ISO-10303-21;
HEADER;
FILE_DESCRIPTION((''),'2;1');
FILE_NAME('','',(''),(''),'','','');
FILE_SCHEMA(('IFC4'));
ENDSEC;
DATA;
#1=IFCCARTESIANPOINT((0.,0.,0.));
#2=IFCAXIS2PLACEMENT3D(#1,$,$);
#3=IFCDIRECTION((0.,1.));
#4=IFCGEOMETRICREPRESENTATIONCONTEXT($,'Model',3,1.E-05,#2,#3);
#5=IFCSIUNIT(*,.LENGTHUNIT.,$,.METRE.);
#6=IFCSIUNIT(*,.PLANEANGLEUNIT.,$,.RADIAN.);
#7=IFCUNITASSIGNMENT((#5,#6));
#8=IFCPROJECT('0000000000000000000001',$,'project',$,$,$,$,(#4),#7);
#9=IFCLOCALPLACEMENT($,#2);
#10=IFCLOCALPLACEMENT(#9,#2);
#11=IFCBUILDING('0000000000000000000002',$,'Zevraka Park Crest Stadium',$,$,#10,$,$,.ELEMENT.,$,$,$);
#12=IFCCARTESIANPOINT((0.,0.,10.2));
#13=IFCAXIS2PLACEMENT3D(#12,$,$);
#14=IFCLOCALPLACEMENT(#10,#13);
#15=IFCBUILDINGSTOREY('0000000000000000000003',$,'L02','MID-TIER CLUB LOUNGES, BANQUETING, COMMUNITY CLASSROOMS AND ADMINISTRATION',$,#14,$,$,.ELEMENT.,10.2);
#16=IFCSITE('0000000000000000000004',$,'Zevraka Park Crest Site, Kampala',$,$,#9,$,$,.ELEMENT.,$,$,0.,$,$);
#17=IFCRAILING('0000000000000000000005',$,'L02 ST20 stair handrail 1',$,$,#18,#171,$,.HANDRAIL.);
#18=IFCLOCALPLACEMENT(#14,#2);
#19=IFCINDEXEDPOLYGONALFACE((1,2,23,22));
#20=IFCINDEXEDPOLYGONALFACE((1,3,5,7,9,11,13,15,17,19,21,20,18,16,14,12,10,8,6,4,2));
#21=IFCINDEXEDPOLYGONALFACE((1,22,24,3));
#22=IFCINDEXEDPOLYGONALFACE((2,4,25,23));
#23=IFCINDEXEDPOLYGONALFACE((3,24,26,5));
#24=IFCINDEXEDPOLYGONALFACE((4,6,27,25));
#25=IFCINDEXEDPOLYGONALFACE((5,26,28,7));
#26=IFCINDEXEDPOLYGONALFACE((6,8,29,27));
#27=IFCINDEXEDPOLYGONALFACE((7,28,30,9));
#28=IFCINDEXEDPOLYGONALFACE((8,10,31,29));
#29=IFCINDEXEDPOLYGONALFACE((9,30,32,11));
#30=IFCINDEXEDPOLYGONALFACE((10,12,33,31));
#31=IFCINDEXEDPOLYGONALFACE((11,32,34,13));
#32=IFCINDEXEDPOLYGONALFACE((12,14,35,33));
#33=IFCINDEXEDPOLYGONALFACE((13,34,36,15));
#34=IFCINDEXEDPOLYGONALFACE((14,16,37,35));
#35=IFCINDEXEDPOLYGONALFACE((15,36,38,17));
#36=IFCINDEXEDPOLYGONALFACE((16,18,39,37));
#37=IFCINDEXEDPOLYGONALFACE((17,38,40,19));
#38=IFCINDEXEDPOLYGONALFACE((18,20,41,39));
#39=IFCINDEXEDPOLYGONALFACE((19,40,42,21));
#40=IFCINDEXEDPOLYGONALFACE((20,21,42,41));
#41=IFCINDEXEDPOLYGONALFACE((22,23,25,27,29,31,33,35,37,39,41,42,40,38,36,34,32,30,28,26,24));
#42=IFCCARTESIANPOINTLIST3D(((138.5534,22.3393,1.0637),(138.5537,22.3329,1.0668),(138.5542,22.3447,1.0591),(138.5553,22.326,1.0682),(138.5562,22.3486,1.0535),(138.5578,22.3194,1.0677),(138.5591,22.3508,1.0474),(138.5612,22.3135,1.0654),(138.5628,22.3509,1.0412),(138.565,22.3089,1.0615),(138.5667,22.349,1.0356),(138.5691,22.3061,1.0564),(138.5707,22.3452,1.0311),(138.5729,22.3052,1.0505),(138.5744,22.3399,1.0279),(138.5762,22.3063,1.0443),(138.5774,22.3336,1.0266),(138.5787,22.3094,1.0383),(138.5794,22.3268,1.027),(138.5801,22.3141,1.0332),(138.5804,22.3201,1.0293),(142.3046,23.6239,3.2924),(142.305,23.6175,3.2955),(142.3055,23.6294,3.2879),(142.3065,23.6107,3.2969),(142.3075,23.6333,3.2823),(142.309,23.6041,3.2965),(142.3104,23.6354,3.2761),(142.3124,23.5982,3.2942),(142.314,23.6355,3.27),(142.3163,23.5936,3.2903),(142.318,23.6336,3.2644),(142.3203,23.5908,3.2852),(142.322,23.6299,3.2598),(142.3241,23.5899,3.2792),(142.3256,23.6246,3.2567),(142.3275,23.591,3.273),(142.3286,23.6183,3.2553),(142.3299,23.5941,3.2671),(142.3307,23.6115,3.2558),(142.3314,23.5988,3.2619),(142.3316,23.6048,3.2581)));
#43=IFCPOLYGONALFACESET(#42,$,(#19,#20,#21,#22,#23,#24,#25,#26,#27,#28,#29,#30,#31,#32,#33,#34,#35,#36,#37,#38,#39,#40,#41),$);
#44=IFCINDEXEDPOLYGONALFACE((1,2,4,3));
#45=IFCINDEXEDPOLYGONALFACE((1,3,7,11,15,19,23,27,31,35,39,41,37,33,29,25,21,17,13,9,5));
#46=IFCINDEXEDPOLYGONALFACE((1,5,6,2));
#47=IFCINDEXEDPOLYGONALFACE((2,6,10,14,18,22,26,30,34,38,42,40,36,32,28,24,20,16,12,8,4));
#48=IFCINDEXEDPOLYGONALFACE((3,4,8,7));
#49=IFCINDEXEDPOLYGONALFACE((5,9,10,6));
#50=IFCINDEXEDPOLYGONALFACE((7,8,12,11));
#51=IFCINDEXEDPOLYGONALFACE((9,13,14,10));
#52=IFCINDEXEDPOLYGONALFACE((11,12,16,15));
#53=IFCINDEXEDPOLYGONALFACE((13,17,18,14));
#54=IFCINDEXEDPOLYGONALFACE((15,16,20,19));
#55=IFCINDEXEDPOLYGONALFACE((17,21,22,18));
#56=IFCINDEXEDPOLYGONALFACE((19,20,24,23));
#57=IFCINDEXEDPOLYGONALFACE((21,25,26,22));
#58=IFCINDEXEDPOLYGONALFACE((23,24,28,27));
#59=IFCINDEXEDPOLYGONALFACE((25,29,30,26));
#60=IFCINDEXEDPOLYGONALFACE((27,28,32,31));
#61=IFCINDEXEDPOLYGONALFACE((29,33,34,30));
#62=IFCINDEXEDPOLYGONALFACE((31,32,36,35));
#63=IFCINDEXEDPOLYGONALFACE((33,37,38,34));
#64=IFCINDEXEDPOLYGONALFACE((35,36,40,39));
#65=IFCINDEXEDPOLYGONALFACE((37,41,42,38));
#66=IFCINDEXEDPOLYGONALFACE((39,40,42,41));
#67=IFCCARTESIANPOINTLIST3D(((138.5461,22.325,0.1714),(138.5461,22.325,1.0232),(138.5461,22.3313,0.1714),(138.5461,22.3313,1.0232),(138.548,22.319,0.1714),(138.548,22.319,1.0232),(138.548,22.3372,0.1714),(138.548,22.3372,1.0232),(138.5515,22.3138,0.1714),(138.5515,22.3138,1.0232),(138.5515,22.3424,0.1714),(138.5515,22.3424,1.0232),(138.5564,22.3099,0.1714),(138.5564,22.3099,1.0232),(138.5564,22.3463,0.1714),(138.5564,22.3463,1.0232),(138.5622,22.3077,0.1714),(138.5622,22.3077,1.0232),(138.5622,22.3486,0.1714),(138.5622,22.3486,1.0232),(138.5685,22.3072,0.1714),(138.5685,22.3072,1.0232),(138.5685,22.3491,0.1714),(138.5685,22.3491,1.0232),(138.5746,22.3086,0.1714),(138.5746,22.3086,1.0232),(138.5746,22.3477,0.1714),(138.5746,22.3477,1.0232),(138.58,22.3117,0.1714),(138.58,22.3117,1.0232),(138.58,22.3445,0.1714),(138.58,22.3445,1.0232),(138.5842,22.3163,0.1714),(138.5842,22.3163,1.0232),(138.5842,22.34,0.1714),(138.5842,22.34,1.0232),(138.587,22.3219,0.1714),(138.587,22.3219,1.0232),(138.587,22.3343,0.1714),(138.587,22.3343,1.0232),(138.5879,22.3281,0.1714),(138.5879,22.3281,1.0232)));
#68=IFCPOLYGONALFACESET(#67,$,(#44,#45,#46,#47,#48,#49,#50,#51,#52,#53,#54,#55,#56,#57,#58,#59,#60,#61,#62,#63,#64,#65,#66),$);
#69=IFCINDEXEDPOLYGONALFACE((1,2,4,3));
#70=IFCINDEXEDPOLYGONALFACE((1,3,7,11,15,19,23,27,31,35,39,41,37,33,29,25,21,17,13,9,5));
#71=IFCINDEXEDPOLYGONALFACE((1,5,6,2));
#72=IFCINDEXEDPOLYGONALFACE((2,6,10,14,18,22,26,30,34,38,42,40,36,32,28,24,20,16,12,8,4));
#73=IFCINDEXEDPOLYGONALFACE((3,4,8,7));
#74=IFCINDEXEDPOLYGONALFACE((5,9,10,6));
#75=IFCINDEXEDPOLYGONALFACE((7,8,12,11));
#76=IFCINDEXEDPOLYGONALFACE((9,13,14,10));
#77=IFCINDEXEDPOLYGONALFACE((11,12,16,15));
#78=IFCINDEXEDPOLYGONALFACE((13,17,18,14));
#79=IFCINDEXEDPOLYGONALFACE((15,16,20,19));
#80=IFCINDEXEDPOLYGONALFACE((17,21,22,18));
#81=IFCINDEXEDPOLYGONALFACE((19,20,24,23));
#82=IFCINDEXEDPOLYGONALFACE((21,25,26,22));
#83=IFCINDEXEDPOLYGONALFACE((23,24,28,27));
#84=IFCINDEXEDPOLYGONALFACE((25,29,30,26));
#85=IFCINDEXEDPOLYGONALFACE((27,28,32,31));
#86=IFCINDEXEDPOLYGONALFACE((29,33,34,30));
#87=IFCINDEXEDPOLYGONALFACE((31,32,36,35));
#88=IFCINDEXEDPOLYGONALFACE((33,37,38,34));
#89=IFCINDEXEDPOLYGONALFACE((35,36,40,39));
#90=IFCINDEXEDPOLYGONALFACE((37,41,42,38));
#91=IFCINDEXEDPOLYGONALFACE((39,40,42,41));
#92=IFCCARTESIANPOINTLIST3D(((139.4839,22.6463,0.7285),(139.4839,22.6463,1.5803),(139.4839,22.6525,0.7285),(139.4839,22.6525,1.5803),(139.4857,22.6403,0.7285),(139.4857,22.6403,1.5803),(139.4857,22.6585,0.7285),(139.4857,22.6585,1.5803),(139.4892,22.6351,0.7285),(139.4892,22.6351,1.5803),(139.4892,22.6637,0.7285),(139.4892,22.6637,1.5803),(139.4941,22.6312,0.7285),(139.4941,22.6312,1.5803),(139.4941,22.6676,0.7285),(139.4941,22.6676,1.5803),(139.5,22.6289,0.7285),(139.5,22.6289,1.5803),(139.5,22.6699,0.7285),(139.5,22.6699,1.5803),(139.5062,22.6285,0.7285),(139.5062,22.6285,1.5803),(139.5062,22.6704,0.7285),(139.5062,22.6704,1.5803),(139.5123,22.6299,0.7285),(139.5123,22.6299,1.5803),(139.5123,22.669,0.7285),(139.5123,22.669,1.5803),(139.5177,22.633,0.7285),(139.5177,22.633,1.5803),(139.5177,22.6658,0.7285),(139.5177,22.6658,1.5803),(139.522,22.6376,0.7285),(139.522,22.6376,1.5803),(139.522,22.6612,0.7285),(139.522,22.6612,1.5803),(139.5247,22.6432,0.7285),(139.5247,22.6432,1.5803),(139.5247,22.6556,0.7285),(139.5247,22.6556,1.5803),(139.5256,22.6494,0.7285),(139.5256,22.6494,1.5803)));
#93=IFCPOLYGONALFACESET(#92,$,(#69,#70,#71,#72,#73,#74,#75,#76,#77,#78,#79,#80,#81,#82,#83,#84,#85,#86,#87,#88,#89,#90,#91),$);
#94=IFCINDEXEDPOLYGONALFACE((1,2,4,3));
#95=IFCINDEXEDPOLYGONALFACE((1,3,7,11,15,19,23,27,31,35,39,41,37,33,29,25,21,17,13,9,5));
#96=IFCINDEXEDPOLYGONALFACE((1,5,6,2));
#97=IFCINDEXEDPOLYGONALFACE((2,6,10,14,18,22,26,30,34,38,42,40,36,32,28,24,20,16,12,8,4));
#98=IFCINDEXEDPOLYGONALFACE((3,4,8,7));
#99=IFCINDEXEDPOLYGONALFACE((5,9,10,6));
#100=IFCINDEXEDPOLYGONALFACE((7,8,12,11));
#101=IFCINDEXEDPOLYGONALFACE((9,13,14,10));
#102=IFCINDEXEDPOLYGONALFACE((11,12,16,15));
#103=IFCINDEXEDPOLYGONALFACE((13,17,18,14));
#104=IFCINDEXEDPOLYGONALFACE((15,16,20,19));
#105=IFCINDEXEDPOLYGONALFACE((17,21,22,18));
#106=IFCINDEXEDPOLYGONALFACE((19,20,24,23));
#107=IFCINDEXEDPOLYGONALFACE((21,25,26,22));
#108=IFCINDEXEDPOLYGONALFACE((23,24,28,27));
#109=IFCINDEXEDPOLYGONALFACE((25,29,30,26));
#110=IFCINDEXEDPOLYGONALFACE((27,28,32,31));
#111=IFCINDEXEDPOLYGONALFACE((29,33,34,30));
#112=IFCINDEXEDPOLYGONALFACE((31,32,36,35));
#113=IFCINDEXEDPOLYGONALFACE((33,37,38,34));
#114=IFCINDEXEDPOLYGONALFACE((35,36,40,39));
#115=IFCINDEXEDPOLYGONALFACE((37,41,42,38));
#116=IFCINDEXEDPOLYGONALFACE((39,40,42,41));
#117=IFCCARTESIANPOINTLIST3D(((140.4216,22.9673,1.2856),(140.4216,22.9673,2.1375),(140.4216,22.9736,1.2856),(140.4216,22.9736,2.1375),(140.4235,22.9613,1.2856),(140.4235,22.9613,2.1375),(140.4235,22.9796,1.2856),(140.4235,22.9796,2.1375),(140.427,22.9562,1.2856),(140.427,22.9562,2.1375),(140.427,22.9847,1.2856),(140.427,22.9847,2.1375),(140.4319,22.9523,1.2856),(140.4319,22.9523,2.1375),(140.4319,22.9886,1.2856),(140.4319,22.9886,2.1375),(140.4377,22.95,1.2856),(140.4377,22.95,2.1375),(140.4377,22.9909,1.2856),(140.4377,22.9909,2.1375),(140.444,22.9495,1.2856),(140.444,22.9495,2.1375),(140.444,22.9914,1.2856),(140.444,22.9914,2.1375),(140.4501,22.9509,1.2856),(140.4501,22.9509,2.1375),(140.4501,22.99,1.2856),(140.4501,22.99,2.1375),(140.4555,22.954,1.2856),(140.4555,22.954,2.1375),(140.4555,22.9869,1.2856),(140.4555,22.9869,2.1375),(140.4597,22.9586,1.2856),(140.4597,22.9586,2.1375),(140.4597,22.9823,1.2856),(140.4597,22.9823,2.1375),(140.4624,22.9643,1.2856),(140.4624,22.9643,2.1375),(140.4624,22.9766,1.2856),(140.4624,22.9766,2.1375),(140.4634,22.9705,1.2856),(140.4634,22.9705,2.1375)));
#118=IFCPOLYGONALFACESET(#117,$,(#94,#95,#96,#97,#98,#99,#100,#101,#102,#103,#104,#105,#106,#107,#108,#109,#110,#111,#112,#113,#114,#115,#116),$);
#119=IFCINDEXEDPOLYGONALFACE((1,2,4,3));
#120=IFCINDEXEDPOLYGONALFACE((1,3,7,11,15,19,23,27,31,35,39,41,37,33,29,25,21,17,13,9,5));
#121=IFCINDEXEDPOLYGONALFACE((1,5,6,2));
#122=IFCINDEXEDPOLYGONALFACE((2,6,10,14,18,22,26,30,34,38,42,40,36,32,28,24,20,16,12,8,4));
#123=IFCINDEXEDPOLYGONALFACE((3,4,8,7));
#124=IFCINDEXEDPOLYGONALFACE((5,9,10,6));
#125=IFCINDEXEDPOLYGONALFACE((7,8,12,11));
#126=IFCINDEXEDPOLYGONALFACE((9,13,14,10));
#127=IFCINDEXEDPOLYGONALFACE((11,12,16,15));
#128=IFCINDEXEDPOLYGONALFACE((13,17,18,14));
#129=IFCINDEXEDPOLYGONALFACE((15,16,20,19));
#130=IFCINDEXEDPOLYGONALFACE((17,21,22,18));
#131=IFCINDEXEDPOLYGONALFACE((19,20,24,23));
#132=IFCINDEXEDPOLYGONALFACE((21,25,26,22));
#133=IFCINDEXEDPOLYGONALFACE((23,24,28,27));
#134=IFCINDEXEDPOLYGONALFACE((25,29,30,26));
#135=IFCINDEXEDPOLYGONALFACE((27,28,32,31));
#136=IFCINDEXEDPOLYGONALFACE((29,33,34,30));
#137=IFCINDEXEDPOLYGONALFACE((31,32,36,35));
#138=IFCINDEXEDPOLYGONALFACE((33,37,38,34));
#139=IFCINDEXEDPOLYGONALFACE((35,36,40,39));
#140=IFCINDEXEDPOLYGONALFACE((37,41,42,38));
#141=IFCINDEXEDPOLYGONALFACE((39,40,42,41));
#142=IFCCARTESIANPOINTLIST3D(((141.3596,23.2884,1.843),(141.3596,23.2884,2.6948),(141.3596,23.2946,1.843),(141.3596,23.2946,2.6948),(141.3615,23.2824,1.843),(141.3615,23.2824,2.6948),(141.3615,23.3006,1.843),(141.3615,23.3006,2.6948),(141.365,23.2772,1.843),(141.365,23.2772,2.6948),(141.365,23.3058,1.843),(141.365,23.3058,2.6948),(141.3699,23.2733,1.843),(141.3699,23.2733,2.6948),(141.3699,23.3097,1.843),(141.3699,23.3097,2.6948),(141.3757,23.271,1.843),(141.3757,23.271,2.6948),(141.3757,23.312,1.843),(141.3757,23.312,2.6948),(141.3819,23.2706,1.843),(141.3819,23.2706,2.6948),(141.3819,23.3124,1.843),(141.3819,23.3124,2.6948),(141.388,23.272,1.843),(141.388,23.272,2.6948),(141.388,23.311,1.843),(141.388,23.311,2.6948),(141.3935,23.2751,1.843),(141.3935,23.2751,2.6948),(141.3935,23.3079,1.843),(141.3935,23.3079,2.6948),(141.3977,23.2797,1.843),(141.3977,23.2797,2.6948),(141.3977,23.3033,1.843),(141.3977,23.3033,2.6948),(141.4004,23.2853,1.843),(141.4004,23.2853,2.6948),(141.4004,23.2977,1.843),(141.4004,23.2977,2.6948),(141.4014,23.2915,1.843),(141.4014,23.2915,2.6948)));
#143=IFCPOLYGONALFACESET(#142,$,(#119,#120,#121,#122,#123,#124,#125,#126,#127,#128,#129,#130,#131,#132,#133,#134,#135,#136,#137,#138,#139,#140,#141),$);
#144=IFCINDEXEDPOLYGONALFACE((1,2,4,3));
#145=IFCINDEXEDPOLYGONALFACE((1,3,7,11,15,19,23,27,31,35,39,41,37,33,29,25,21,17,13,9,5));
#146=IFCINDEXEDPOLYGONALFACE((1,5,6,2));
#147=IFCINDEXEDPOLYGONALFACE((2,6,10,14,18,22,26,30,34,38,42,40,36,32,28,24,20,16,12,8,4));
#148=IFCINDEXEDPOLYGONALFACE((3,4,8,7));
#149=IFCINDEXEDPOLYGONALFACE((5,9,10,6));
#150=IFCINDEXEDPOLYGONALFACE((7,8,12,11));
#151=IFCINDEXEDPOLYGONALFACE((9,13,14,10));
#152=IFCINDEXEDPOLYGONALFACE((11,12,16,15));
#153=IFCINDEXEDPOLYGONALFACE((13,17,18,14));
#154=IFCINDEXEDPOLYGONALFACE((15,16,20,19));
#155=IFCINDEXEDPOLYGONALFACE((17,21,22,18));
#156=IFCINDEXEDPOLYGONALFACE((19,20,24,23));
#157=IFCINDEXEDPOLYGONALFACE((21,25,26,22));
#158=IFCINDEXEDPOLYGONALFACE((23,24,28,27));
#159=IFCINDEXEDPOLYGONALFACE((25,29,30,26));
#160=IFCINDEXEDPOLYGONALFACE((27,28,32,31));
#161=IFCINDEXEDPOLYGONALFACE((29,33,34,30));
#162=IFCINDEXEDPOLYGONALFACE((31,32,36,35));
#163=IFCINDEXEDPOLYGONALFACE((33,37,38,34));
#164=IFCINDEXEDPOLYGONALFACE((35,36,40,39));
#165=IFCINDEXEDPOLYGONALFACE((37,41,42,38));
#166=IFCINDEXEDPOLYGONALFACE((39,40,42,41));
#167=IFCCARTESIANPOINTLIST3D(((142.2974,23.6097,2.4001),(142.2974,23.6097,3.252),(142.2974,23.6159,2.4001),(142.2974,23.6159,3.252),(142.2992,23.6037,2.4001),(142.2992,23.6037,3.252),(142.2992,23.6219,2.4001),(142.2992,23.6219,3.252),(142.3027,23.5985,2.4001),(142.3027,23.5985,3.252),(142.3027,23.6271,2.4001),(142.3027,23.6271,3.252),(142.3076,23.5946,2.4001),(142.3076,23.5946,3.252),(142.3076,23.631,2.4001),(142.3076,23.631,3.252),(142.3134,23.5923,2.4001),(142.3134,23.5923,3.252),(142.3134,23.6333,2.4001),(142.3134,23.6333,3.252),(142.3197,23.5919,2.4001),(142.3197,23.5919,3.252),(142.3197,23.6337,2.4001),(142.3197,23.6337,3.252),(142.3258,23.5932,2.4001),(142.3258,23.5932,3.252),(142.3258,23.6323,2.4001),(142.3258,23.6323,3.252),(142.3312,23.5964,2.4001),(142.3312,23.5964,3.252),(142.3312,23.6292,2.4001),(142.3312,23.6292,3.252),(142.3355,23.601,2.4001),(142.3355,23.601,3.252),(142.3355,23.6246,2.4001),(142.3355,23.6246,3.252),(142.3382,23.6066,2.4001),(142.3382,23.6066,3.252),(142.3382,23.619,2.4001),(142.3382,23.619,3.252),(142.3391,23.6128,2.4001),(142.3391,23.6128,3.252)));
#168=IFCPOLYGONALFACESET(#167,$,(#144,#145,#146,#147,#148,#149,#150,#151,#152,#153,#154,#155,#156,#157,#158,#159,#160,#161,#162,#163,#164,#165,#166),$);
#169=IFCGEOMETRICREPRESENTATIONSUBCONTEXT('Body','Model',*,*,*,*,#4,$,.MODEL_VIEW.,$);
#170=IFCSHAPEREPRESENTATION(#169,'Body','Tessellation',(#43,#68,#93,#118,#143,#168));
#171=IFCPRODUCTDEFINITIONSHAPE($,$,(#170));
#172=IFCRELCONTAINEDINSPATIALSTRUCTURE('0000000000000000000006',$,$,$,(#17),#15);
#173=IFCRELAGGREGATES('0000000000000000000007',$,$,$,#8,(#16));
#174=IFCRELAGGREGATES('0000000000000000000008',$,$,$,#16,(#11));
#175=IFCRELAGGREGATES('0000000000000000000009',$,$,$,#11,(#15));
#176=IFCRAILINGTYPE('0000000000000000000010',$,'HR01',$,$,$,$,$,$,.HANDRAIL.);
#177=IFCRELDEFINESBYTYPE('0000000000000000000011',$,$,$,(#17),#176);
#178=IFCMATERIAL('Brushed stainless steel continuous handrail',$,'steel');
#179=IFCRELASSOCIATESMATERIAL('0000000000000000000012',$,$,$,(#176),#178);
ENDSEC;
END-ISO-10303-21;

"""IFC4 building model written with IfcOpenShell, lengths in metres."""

from ifc_helpers import new_model, si_unit, direction, frame, origin, origin_2d, place, context, subcontext, project, spatial, circle, extrude, material, type_object, element, save


model = new_model("IFC4")

# Units and contexts
model_context = context("Model", 3, precision=1e-05, world=origin(), true_north=direction((0.0, 1.0)))
body_context = subcontext(model_context, "Body", "Model", "MODEL_VIEW")
ifc_project = project(units=[si_unit("LENGTHUNIT", "METRE"), si_unit("PLANEANGLEUNIT", "RADIAN")], contexts=[model_context])

# Site, building, storey
site_placement = place(None, origin())
site = spatial("IfcSite", under=ifc_project, at=site_placement, Name="Zevraka Park Crest Site, Kampala", CompositionType="ELEMENT", RefElevation=0.0)
building_placement = place(site_placement, origin())
building = spatial("IfcBuilding", under=site, at=building_placement, Name="Zevraka Park Crest Stadium", CompositionType="ELEMENT")
storey_placement = place(building_placement, frame((0.0, 0.0, 10.2)))
storey = spatial("IfcBuildingStorey", under=building, at=storey_placement, Name="L02", Description="MID-TIER CLUB LOUNGES, BANQUETING, COMMUNITY CLASSROOMS AND ADMINISTRATION", CompositionType="ELEMENT", Elevation=10.2)

# Railing
ifc_material_1 = material(Name="Brushed stainless steel continuous handrail", Category="steel")
railing_type_1 = type_object("IfcRailingType", Name="HR01", PredefinedType="HANDRAIL", material=ifc_material_1)
railing_1_placement = place(storey_placement, frame((138.5669, 22.3281, 0.1714)))
element("IfcRailing", 1, at=railing_1_placement, inside=storey, type_object=railing_type_1, Name="L02 ST20 stair handrail 1", PredefinedType="HANDRAIL", context=body_context, shape_type="SweptSolid", body=[
    extrude(circle(Radius=0.0239, at=origin_2d()), frame((0.0, 0.0, 0.876), z_axis=(0.824705, 0.282434, 0.489992), x_axis=(-0.323994, 0.946059, 0.0)), (0.0, 0.0, 1.0), 4.5486),
    extrude(circle(Radius=0.021, at=origin_2d()), origin(), (0.0, 0.0, 1.0), 0.8518),
    extrude(circle(Radius=0.021, at=origin_2d()), frame((0.9377, 0.3213, 0.5571)), (0.0, 0.0, 1.0), 0.8518),
    extrude(circle(Radius=0.021, at=origin_2d()), frame((1.8755, 0.6423, 1.1143)), (0.0, 0.0, 1.0), 0.8518),
    extrude(circle(Radius=0.021, at=origin_2d()), frame((2.8135, 0.9634, 1.6716)), (0.0, 0.0, 1.0), 0.8518),
    extrude(circle(Radius=0.021, at=origin_2d()), frame((3.7512, 1.2847, 2.2288)), (0.0, 0.0, 1.0), 0.8518),
])

save(model, "model.ifc")
